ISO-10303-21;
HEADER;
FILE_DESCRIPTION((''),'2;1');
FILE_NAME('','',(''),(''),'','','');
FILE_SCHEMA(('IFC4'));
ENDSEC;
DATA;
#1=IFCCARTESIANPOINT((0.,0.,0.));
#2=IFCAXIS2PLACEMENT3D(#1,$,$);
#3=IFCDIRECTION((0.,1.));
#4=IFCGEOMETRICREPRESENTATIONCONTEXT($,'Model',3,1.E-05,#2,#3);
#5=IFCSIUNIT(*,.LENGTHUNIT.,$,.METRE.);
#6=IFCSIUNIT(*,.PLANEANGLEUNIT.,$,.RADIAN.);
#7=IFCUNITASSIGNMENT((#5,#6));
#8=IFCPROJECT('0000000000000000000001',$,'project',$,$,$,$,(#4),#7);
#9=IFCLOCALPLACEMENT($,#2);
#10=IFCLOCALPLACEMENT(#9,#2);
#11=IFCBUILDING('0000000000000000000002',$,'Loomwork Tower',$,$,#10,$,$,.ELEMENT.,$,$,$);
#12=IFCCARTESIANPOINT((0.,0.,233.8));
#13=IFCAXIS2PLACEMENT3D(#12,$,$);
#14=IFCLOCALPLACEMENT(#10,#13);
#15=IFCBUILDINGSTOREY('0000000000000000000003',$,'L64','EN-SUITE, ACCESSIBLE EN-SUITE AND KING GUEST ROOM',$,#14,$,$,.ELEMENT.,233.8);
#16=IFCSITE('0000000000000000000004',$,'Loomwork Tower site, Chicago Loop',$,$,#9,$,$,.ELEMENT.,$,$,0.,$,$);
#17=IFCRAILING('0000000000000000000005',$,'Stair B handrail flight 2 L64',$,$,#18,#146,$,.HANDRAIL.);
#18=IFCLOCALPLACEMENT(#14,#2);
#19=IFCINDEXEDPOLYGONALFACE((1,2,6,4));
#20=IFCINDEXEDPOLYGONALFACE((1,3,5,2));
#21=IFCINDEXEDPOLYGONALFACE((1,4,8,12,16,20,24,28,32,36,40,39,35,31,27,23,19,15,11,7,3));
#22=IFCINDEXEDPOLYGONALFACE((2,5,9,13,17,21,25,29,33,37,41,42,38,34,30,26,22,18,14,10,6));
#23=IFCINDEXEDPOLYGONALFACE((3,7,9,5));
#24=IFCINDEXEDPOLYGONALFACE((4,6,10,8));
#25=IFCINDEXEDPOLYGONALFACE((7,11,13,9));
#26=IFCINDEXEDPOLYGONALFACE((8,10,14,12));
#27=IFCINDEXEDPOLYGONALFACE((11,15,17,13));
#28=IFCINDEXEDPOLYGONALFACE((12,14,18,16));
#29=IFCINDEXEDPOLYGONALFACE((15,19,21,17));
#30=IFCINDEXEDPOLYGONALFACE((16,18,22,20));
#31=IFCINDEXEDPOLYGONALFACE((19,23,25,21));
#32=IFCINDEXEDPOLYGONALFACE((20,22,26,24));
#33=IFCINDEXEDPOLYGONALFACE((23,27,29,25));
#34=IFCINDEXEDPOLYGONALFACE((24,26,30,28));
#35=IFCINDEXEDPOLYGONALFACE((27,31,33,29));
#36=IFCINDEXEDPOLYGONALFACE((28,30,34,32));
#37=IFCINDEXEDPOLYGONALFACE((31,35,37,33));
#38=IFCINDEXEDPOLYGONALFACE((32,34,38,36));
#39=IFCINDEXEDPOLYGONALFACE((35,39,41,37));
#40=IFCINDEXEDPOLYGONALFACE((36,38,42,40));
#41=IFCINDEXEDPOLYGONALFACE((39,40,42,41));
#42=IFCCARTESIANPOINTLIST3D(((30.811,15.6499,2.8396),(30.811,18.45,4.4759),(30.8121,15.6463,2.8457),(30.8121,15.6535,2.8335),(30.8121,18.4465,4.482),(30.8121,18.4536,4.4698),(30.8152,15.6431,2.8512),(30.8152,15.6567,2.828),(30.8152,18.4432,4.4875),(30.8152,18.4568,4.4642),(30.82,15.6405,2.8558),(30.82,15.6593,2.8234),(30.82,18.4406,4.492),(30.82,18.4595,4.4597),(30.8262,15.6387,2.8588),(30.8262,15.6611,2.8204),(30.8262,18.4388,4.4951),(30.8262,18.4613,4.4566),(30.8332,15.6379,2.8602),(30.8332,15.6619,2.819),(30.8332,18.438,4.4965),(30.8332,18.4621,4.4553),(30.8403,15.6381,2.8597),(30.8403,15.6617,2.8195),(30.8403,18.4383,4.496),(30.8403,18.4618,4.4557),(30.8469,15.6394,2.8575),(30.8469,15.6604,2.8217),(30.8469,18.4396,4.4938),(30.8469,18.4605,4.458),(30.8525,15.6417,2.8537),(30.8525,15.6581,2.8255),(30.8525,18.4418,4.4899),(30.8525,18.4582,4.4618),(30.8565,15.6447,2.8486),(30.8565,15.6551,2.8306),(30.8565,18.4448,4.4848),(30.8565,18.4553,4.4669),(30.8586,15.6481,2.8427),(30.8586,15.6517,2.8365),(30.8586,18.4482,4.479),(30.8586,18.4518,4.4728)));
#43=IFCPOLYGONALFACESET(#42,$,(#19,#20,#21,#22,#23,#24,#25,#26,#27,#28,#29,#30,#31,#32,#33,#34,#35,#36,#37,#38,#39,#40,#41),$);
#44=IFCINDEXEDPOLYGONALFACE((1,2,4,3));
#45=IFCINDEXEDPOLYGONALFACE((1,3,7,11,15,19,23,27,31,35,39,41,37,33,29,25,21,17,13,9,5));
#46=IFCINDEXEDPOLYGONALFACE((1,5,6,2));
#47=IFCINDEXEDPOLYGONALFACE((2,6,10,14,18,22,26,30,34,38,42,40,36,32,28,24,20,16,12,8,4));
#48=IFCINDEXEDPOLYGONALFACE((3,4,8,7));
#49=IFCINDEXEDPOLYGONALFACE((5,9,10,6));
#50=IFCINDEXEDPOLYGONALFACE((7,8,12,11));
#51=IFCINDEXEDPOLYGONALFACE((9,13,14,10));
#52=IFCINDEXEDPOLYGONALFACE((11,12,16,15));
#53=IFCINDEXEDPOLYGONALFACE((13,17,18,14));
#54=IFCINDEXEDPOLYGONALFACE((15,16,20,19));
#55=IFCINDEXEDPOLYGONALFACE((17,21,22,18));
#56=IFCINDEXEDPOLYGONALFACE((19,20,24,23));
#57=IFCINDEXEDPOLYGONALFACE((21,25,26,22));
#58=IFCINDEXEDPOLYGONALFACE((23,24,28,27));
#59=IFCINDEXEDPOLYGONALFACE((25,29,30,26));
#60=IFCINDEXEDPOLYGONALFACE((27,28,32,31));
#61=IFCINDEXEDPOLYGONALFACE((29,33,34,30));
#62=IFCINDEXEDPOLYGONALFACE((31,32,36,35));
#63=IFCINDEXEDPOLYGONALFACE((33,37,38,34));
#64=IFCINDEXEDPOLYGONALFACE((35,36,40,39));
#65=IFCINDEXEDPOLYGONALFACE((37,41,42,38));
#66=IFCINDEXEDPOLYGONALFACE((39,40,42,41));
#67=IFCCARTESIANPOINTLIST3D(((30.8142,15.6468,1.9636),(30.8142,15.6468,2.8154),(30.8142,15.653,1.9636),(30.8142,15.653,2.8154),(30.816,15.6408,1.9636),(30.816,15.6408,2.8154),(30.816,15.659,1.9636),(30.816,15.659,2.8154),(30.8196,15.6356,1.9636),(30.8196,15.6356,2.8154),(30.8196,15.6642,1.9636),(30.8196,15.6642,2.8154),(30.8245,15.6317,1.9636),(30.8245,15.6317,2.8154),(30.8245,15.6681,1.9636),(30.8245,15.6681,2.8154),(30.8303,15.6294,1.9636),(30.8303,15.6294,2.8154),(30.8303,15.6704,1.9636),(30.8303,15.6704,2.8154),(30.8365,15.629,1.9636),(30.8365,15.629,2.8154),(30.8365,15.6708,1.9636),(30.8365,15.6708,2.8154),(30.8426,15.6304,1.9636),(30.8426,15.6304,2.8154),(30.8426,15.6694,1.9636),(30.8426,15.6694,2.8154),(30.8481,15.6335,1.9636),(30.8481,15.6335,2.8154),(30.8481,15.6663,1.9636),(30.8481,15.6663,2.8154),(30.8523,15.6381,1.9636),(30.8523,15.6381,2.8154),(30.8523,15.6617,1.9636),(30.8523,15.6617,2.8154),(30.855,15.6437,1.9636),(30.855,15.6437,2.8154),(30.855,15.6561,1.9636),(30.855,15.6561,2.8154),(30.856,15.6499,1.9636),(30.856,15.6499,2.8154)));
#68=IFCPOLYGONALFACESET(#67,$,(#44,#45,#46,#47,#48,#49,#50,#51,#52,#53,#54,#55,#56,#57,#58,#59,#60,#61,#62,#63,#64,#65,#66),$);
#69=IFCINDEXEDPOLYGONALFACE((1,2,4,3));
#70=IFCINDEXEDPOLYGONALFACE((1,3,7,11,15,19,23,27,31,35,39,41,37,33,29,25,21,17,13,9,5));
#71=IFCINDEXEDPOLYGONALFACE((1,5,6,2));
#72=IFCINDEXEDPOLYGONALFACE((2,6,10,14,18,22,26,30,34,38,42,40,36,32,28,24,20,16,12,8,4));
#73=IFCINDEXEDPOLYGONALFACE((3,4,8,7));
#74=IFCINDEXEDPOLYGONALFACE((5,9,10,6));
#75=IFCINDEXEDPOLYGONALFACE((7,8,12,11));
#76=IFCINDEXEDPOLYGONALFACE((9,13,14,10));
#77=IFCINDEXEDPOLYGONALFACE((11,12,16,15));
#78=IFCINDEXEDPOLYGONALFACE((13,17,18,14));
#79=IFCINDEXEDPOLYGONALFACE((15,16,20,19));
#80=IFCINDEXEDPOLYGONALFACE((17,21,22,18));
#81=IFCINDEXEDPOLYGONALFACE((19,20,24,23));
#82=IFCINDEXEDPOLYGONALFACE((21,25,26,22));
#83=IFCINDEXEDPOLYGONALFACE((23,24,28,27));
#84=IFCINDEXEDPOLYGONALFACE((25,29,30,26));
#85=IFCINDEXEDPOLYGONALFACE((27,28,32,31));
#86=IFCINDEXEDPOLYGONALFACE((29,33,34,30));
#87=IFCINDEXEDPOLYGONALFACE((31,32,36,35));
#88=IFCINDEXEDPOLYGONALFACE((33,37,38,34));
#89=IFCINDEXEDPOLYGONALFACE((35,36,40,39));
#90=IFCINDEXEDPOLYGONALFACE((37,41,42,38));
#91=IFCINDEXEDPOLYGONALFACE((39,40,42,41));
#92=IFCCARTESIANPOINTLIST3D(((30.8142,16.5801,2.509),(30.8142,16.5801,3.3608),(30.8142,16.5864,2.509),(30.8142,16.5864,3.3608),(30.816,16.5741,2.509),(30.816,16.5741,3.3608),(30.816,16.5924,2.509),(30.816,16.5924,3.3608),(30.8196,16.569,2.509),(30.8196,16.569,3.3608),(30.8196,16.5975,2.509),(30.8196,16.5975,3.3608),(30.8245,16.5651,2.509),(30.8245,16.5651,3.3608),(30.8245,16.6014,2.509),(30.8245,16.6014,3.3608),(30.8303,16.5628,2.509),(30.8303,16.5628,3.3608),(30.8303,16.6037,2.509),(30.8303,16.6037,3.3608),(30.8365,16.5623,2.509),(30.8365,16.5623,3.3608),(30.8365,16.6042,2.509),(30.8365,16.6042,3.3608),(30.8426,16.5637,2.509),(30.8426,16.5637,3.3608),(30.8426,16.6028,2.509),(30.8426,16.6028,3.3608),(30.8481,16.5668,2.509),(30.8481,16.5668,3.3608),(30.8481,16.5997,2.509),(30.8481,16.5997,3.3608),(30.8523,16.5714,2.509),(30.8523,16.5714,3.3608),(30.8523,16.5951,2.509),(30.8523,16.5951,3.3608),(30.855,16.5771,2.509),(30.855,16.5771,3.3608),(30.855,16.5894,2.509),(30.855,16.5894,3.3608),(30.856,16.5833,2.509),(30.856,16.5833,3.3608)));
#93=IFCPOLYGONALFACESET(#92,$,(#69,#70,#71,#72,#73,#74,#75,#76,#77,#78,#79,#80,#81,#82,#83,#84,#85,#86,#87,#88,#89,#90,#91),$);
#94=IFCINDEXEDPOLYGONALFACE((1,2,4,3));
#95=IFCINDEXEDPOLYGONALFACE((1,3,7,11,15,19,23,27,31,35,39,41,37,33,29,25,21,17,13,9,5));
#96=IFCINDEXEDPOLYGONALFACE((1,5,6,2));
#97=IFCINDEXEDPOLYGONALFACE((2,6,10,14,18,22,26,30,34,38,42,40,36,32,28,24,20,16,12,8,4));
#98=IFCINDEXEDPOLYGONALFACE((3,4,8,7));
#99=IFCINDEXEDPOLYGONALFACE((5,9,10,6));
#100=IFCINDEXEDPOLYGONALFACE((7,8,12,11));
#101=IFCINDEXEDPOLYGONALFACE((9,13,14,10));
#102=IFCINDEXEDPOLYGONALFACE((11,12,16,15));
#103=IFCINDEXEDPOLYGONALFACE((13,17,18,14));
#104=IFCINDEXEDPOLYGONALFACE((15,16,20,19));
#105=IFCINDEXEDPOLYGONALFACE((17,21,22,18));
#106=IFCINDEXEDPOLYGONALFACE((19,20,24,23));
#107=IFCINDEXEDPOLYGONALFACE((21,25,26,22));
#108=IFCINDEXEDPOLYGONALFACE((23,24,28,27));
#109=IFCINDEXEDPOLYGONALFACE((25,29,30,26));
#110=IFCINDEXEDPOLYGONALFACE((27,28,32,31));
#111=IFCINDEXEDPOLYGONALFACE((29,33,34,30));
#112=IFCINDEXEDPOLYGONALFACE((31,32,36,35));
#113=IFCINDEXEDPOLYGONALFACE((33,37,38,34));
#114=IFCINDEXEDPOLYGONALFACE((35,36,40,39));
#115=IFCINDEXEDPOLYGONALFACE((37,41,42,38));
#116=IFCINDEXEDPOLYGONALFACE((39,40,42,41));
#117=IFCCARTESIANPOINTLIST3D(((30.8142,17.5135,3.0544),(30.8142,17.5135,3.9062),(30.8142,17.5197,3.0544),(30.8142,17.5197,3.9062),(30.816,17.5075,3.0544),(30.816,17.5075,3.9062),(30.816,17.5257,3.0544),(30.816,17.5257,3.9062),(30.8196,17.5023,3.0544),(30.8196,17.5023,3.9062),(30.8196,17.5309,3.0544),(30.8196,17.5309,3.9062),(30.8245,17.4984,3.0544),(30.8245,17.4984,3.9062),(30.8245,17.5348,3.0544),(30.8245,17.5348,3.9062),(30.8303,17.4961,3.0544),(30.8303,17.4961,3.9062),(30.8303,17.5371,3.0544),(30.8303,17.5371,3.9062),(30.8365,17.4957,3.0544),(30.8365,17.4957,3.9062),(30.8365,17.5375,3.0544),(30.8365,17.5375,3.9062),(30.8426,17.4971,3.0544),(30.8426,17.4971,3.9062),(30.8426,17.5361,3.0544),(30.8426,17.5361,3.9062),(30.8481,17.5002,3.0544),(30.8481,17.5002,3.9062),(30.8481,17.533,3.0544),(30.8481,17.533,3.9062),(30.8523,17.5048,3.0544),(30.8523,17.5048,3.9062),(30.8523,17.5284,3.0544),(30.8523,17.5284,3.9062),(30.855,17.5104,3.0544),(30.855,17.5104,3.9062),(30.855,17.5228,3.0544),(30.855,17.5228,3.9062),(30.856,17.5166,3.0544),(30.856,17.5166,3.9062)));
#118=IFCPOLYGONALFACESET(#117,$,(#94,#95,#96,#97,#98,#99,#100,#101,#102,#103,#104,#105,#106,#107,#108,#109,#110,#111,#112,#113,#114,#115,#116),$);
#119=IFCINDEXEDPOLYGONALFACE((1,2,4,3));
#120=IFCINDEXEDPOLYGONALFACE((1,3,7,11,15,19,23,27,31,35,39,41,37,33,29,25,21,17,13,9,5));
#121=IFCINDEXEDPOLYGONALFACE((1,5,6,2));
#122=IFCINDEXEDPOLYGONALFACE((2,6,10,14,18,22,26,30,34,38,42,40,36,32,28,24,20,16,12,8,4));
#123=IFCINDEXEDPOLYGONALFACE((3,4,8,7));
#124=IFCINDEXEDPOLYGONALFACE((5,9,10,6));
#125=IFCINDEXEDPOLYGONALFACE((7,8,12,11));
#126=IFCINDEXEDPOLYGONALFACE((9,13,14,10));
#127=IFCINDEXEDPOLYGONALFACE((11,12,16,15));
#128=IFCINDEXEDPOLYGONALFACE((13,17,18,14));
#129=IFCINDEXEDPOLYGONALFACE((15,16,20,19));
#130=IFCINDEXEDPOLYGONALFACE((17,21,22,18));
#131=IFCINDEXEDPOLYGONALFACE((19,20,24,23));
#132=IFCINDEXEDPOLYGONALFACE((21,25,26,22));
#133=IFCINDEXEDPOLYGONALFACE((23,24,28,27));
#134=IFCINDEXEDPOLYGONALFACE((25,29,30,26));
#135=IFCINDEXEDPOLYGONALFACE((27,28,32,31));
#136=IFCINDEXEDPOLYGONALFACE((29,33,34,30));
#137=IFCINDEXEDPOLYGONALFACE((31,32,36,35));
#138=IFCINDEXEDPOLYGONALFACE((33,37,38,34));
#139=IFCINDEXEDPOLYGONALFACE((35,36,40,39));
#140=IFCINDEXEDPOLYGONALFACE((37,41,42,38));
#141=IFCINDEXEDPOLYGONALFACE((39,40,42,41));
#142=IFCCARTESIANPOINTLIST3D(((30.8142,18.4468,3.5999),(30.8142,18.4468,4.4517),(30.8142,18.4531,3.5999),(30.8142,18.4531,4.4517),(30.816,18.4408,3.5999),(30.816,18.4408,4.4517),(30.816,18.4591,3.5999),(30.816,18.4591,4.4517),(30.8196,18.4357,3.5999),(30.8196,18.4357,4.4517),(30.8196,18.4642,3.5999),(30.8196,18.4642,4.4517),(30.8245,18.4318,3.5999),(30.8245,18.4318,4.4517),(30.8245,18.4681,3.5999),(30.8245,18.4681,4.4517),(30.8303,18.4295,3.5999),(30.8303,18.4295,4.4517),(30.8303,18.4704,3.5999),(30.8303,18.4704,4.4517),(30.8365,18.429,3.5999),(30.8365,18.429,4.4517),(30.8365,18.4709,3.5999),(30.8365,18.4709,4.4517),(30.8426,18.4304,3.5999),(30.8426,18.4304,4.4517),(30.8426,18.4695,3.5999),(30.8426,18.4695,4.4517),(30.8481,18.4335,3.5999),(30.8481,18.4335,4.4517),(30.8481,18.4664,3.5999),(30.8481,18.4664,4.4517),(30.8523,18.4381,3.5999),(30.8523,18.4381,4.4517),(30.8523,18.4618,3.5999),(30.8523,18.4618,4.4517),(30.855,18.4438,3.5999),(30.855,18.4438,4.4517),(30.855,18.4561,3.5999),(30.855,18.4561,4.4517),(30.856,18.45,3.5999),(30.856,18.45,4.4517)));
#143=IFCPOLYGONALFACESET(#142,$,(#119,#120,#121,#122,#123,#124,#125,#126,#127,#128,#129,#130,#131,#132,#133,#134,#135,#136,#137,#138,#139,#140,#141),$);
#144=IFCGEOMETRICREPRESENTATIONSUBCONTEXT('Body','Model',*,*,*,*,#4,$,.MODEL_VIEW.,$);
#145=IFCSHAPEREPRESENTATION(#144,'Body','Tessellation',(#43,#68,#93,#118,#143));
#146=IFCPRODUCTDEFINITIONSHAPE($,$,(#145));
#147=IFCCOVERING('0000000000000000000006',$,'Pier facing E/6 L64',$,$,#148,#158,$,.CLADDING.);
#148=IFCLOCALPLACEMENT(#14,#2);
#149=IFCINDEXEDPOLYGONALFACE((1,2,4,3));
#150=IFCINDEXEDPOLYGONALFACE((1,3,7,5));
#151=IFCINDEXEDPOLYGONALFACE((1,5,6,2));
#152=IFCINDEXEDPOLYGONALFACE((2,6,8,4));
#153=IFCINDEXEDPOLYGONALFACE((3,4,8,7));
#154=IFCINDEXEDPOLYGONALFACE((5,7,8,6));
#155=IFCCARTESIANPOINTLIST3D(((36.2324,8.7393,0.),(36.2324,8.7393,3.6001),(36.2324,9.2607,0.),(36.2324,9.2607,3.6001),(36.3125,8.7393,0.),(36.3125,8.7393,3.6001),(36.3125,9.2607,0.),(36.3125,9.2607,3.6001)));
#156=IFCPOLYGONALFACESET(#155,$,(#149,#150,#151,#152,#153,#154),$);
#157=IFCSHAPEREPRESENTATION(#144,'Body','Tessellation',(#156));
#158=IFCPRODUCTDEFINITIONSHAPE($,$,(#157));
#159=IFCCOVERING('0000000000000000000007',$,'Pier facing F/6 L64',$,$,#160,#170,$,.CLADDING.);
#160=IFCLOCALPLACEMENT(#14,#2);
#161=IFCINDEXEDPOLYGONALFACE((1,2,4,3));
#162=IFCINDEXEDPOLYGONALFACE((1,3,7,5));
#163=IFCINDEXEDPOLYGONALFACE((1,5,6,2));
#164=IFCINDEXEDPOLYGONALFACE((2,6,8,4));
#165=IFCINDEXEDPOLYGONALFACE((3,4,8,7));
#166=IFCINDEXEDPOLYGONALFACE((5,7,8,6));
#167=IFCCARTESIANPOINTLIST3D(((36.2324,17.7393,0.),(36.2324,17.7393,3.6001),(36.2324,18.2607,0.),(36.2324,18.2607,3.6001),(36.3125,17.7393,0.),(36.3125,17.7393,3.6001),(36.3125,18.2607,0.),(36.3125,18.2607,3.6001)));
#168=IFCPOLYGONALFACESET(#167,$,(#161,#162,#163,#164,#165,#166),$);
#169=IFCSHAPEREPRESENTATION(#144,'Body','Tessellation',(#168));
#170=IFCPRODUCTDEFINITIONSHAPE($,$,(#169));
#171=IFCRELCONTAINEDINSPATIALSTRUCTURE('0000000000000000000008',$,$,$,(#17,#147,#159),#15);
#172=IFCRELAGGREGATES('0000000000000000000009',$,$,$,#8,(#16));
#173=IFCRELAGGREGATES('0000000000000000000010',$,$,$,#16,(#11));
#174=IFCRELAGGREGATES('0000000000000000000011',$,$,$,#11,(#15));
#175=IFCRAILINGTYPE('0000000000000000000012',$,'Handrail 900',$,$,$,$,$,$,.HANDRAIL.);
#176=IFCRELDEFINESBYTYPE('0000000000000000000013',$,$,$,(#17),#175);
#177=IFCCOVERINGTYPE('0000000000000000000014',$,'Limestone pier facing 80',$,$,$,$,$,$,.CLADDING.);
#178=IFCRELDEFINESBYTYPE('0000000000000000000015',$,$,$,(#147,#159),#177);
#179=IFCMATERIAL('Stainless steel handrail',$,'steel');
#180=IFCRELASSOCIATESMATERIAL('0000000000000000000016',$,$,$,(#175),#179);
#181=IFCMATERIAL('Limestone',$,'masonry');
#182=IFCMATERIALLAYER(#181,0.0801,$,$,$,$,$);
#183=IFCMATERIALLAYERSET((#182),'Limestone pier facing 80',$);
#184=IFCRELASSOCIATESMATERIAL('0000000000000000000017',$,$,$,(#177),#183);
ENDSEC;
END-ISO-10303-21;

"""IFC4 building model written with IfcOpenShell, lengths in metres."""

from ifc_helpers import new_model, si_unit, direction, frame, origin, origin_2d, place, context, subcontext, project, spatial, rectangle, circle, extrude, material, layer, layer_set, type_object, element, save


model = new_model("IFC4")

# Units and contexts
model_context = context("Model", 3, precision=1e-05, world=origin(), true_north=direction((0.0, 1.0)))
body_context = subcontext(model_context, "Body", "Model", "MODEL_VIEW")
ifc_project = project(units=[si_unit("LENGTHUNIT", "METRE"), si_unit("PLANEANGLEUNIT", "RADIAN")], contexts=[model_context])

# Site, building, storey
site_placement = place(None, origin())
site = spatial("IfcSite", under=ifc_project, at=site_placement, Name="Loomwork Tower site, Chicago Loop", CompositionType="ELEMENT", RefElevation=0.0)
building_placement = place(site_placement, origin())
building = spatial("IfcBuilding", under=site, at=building_placement, Name="Loomwork Tower", CompositionType="ELEMENT")
storey_placement = place(building_placement, frame((0.0, 0.0, 233.8)))
storey = spatial("IfcBuildingStorey", under=building, at=storey_placement, Name="L64", Description="EN-SUITE, ACCESSIBLE EN-SUITE AND KING GUEST ROOM", CompositionType="ELEMENT", Elevation=233.8)

# Railing
ifc_material_1 = material(Name="Stainless steel handrail", Category="steel")
railing_type = type_object("IfcRailingType", Name="Handrail 900", PredefinedType="HANDRAIL", material=ifc_material_1)
railing_placement = place(storey_placement, frame((30.835, 15.6499, 1.9636)))
element("IfcRailing", 1, at=railing_placement, inside=storey, type_object=railing_type, Name="Stair B handrail flight 2 L64", PredefinedType="HANDRAIL", context=body_context, shape_type="SweptSolid", body=[
    extrude(circle(Radius=0.0239, at=origin_2d()), frame((0.0, 0.0, 0.876), z_axis=(0.0, 0.863394, 0.504531), x_axis=(-1.0, 0.0, 0.0)), (0.0, 0.0, 1.0), 3.2432),
    extrude(circle(Radius=0.021, at=origin_2d()), origin(), (0.0, 0.0, 1.0), 0.8518),
    extrude(circle(Radius=0.021, at=origin_2d()), frame((0.0, 0.9333, 0.5454)), (0.0, 0.0, 1.0), 0.8518),
    extrude(circle(Radius=0.021, at=origin_2d()), frame((0.0, 1.8667, 1.0908)), (0.0, 0.0, 1.0), 0.8518),
    extrude(circle(Radius=0.021, at=origin_2d()), frame((0.0, 2.8, 1.6362)), (0.0, 0.0, 1.0), 0.8518),
])

# Coverings
ifc_material_2 = material(Name="Limestone", Category="masonry")
ifc_layer_1 = layer(ifc_material_2, 0.0801)
ifc_layer_set_1 = layer_set([ifc_layer_1], Name="Limestone pier facing 80")
covering_type = type_object("IfcCoveringType", Name="Limestone pier facing 80", PredefinedType="CLADDING", material=ifc_layer_set_1)
for number, where, z_axis, x_axis, name in (
    (2, (36.2725, 9.0, 0.0), (0.0, 0.0, 1.0), (1.0, 0.0, 0.0), "Pier facing E/6 L64"),
    (3, (36.2725, 18.0, 0.0), (0.0, 0.0, 1.0), (1.0, 0.0, 0.0), "Pier facing F/6 L64"),
):
    element("IfcCovering", number, at=place(storey_placement, frame(where, z_axis=z_axis, x_axis=x_axis)), inside=storey, type_object=covering_type, Name=name, PredefinedType="CLADDING", context=body_context, shape_type="SweptSolid", body=[
        extrude(rectangle(XDim=0.0801, YDim=0.5215, at=origin_2d()), origin(), (0.0, 0.0, 1.0), 3.6001),
    ])

save(model, "model.ifc")
